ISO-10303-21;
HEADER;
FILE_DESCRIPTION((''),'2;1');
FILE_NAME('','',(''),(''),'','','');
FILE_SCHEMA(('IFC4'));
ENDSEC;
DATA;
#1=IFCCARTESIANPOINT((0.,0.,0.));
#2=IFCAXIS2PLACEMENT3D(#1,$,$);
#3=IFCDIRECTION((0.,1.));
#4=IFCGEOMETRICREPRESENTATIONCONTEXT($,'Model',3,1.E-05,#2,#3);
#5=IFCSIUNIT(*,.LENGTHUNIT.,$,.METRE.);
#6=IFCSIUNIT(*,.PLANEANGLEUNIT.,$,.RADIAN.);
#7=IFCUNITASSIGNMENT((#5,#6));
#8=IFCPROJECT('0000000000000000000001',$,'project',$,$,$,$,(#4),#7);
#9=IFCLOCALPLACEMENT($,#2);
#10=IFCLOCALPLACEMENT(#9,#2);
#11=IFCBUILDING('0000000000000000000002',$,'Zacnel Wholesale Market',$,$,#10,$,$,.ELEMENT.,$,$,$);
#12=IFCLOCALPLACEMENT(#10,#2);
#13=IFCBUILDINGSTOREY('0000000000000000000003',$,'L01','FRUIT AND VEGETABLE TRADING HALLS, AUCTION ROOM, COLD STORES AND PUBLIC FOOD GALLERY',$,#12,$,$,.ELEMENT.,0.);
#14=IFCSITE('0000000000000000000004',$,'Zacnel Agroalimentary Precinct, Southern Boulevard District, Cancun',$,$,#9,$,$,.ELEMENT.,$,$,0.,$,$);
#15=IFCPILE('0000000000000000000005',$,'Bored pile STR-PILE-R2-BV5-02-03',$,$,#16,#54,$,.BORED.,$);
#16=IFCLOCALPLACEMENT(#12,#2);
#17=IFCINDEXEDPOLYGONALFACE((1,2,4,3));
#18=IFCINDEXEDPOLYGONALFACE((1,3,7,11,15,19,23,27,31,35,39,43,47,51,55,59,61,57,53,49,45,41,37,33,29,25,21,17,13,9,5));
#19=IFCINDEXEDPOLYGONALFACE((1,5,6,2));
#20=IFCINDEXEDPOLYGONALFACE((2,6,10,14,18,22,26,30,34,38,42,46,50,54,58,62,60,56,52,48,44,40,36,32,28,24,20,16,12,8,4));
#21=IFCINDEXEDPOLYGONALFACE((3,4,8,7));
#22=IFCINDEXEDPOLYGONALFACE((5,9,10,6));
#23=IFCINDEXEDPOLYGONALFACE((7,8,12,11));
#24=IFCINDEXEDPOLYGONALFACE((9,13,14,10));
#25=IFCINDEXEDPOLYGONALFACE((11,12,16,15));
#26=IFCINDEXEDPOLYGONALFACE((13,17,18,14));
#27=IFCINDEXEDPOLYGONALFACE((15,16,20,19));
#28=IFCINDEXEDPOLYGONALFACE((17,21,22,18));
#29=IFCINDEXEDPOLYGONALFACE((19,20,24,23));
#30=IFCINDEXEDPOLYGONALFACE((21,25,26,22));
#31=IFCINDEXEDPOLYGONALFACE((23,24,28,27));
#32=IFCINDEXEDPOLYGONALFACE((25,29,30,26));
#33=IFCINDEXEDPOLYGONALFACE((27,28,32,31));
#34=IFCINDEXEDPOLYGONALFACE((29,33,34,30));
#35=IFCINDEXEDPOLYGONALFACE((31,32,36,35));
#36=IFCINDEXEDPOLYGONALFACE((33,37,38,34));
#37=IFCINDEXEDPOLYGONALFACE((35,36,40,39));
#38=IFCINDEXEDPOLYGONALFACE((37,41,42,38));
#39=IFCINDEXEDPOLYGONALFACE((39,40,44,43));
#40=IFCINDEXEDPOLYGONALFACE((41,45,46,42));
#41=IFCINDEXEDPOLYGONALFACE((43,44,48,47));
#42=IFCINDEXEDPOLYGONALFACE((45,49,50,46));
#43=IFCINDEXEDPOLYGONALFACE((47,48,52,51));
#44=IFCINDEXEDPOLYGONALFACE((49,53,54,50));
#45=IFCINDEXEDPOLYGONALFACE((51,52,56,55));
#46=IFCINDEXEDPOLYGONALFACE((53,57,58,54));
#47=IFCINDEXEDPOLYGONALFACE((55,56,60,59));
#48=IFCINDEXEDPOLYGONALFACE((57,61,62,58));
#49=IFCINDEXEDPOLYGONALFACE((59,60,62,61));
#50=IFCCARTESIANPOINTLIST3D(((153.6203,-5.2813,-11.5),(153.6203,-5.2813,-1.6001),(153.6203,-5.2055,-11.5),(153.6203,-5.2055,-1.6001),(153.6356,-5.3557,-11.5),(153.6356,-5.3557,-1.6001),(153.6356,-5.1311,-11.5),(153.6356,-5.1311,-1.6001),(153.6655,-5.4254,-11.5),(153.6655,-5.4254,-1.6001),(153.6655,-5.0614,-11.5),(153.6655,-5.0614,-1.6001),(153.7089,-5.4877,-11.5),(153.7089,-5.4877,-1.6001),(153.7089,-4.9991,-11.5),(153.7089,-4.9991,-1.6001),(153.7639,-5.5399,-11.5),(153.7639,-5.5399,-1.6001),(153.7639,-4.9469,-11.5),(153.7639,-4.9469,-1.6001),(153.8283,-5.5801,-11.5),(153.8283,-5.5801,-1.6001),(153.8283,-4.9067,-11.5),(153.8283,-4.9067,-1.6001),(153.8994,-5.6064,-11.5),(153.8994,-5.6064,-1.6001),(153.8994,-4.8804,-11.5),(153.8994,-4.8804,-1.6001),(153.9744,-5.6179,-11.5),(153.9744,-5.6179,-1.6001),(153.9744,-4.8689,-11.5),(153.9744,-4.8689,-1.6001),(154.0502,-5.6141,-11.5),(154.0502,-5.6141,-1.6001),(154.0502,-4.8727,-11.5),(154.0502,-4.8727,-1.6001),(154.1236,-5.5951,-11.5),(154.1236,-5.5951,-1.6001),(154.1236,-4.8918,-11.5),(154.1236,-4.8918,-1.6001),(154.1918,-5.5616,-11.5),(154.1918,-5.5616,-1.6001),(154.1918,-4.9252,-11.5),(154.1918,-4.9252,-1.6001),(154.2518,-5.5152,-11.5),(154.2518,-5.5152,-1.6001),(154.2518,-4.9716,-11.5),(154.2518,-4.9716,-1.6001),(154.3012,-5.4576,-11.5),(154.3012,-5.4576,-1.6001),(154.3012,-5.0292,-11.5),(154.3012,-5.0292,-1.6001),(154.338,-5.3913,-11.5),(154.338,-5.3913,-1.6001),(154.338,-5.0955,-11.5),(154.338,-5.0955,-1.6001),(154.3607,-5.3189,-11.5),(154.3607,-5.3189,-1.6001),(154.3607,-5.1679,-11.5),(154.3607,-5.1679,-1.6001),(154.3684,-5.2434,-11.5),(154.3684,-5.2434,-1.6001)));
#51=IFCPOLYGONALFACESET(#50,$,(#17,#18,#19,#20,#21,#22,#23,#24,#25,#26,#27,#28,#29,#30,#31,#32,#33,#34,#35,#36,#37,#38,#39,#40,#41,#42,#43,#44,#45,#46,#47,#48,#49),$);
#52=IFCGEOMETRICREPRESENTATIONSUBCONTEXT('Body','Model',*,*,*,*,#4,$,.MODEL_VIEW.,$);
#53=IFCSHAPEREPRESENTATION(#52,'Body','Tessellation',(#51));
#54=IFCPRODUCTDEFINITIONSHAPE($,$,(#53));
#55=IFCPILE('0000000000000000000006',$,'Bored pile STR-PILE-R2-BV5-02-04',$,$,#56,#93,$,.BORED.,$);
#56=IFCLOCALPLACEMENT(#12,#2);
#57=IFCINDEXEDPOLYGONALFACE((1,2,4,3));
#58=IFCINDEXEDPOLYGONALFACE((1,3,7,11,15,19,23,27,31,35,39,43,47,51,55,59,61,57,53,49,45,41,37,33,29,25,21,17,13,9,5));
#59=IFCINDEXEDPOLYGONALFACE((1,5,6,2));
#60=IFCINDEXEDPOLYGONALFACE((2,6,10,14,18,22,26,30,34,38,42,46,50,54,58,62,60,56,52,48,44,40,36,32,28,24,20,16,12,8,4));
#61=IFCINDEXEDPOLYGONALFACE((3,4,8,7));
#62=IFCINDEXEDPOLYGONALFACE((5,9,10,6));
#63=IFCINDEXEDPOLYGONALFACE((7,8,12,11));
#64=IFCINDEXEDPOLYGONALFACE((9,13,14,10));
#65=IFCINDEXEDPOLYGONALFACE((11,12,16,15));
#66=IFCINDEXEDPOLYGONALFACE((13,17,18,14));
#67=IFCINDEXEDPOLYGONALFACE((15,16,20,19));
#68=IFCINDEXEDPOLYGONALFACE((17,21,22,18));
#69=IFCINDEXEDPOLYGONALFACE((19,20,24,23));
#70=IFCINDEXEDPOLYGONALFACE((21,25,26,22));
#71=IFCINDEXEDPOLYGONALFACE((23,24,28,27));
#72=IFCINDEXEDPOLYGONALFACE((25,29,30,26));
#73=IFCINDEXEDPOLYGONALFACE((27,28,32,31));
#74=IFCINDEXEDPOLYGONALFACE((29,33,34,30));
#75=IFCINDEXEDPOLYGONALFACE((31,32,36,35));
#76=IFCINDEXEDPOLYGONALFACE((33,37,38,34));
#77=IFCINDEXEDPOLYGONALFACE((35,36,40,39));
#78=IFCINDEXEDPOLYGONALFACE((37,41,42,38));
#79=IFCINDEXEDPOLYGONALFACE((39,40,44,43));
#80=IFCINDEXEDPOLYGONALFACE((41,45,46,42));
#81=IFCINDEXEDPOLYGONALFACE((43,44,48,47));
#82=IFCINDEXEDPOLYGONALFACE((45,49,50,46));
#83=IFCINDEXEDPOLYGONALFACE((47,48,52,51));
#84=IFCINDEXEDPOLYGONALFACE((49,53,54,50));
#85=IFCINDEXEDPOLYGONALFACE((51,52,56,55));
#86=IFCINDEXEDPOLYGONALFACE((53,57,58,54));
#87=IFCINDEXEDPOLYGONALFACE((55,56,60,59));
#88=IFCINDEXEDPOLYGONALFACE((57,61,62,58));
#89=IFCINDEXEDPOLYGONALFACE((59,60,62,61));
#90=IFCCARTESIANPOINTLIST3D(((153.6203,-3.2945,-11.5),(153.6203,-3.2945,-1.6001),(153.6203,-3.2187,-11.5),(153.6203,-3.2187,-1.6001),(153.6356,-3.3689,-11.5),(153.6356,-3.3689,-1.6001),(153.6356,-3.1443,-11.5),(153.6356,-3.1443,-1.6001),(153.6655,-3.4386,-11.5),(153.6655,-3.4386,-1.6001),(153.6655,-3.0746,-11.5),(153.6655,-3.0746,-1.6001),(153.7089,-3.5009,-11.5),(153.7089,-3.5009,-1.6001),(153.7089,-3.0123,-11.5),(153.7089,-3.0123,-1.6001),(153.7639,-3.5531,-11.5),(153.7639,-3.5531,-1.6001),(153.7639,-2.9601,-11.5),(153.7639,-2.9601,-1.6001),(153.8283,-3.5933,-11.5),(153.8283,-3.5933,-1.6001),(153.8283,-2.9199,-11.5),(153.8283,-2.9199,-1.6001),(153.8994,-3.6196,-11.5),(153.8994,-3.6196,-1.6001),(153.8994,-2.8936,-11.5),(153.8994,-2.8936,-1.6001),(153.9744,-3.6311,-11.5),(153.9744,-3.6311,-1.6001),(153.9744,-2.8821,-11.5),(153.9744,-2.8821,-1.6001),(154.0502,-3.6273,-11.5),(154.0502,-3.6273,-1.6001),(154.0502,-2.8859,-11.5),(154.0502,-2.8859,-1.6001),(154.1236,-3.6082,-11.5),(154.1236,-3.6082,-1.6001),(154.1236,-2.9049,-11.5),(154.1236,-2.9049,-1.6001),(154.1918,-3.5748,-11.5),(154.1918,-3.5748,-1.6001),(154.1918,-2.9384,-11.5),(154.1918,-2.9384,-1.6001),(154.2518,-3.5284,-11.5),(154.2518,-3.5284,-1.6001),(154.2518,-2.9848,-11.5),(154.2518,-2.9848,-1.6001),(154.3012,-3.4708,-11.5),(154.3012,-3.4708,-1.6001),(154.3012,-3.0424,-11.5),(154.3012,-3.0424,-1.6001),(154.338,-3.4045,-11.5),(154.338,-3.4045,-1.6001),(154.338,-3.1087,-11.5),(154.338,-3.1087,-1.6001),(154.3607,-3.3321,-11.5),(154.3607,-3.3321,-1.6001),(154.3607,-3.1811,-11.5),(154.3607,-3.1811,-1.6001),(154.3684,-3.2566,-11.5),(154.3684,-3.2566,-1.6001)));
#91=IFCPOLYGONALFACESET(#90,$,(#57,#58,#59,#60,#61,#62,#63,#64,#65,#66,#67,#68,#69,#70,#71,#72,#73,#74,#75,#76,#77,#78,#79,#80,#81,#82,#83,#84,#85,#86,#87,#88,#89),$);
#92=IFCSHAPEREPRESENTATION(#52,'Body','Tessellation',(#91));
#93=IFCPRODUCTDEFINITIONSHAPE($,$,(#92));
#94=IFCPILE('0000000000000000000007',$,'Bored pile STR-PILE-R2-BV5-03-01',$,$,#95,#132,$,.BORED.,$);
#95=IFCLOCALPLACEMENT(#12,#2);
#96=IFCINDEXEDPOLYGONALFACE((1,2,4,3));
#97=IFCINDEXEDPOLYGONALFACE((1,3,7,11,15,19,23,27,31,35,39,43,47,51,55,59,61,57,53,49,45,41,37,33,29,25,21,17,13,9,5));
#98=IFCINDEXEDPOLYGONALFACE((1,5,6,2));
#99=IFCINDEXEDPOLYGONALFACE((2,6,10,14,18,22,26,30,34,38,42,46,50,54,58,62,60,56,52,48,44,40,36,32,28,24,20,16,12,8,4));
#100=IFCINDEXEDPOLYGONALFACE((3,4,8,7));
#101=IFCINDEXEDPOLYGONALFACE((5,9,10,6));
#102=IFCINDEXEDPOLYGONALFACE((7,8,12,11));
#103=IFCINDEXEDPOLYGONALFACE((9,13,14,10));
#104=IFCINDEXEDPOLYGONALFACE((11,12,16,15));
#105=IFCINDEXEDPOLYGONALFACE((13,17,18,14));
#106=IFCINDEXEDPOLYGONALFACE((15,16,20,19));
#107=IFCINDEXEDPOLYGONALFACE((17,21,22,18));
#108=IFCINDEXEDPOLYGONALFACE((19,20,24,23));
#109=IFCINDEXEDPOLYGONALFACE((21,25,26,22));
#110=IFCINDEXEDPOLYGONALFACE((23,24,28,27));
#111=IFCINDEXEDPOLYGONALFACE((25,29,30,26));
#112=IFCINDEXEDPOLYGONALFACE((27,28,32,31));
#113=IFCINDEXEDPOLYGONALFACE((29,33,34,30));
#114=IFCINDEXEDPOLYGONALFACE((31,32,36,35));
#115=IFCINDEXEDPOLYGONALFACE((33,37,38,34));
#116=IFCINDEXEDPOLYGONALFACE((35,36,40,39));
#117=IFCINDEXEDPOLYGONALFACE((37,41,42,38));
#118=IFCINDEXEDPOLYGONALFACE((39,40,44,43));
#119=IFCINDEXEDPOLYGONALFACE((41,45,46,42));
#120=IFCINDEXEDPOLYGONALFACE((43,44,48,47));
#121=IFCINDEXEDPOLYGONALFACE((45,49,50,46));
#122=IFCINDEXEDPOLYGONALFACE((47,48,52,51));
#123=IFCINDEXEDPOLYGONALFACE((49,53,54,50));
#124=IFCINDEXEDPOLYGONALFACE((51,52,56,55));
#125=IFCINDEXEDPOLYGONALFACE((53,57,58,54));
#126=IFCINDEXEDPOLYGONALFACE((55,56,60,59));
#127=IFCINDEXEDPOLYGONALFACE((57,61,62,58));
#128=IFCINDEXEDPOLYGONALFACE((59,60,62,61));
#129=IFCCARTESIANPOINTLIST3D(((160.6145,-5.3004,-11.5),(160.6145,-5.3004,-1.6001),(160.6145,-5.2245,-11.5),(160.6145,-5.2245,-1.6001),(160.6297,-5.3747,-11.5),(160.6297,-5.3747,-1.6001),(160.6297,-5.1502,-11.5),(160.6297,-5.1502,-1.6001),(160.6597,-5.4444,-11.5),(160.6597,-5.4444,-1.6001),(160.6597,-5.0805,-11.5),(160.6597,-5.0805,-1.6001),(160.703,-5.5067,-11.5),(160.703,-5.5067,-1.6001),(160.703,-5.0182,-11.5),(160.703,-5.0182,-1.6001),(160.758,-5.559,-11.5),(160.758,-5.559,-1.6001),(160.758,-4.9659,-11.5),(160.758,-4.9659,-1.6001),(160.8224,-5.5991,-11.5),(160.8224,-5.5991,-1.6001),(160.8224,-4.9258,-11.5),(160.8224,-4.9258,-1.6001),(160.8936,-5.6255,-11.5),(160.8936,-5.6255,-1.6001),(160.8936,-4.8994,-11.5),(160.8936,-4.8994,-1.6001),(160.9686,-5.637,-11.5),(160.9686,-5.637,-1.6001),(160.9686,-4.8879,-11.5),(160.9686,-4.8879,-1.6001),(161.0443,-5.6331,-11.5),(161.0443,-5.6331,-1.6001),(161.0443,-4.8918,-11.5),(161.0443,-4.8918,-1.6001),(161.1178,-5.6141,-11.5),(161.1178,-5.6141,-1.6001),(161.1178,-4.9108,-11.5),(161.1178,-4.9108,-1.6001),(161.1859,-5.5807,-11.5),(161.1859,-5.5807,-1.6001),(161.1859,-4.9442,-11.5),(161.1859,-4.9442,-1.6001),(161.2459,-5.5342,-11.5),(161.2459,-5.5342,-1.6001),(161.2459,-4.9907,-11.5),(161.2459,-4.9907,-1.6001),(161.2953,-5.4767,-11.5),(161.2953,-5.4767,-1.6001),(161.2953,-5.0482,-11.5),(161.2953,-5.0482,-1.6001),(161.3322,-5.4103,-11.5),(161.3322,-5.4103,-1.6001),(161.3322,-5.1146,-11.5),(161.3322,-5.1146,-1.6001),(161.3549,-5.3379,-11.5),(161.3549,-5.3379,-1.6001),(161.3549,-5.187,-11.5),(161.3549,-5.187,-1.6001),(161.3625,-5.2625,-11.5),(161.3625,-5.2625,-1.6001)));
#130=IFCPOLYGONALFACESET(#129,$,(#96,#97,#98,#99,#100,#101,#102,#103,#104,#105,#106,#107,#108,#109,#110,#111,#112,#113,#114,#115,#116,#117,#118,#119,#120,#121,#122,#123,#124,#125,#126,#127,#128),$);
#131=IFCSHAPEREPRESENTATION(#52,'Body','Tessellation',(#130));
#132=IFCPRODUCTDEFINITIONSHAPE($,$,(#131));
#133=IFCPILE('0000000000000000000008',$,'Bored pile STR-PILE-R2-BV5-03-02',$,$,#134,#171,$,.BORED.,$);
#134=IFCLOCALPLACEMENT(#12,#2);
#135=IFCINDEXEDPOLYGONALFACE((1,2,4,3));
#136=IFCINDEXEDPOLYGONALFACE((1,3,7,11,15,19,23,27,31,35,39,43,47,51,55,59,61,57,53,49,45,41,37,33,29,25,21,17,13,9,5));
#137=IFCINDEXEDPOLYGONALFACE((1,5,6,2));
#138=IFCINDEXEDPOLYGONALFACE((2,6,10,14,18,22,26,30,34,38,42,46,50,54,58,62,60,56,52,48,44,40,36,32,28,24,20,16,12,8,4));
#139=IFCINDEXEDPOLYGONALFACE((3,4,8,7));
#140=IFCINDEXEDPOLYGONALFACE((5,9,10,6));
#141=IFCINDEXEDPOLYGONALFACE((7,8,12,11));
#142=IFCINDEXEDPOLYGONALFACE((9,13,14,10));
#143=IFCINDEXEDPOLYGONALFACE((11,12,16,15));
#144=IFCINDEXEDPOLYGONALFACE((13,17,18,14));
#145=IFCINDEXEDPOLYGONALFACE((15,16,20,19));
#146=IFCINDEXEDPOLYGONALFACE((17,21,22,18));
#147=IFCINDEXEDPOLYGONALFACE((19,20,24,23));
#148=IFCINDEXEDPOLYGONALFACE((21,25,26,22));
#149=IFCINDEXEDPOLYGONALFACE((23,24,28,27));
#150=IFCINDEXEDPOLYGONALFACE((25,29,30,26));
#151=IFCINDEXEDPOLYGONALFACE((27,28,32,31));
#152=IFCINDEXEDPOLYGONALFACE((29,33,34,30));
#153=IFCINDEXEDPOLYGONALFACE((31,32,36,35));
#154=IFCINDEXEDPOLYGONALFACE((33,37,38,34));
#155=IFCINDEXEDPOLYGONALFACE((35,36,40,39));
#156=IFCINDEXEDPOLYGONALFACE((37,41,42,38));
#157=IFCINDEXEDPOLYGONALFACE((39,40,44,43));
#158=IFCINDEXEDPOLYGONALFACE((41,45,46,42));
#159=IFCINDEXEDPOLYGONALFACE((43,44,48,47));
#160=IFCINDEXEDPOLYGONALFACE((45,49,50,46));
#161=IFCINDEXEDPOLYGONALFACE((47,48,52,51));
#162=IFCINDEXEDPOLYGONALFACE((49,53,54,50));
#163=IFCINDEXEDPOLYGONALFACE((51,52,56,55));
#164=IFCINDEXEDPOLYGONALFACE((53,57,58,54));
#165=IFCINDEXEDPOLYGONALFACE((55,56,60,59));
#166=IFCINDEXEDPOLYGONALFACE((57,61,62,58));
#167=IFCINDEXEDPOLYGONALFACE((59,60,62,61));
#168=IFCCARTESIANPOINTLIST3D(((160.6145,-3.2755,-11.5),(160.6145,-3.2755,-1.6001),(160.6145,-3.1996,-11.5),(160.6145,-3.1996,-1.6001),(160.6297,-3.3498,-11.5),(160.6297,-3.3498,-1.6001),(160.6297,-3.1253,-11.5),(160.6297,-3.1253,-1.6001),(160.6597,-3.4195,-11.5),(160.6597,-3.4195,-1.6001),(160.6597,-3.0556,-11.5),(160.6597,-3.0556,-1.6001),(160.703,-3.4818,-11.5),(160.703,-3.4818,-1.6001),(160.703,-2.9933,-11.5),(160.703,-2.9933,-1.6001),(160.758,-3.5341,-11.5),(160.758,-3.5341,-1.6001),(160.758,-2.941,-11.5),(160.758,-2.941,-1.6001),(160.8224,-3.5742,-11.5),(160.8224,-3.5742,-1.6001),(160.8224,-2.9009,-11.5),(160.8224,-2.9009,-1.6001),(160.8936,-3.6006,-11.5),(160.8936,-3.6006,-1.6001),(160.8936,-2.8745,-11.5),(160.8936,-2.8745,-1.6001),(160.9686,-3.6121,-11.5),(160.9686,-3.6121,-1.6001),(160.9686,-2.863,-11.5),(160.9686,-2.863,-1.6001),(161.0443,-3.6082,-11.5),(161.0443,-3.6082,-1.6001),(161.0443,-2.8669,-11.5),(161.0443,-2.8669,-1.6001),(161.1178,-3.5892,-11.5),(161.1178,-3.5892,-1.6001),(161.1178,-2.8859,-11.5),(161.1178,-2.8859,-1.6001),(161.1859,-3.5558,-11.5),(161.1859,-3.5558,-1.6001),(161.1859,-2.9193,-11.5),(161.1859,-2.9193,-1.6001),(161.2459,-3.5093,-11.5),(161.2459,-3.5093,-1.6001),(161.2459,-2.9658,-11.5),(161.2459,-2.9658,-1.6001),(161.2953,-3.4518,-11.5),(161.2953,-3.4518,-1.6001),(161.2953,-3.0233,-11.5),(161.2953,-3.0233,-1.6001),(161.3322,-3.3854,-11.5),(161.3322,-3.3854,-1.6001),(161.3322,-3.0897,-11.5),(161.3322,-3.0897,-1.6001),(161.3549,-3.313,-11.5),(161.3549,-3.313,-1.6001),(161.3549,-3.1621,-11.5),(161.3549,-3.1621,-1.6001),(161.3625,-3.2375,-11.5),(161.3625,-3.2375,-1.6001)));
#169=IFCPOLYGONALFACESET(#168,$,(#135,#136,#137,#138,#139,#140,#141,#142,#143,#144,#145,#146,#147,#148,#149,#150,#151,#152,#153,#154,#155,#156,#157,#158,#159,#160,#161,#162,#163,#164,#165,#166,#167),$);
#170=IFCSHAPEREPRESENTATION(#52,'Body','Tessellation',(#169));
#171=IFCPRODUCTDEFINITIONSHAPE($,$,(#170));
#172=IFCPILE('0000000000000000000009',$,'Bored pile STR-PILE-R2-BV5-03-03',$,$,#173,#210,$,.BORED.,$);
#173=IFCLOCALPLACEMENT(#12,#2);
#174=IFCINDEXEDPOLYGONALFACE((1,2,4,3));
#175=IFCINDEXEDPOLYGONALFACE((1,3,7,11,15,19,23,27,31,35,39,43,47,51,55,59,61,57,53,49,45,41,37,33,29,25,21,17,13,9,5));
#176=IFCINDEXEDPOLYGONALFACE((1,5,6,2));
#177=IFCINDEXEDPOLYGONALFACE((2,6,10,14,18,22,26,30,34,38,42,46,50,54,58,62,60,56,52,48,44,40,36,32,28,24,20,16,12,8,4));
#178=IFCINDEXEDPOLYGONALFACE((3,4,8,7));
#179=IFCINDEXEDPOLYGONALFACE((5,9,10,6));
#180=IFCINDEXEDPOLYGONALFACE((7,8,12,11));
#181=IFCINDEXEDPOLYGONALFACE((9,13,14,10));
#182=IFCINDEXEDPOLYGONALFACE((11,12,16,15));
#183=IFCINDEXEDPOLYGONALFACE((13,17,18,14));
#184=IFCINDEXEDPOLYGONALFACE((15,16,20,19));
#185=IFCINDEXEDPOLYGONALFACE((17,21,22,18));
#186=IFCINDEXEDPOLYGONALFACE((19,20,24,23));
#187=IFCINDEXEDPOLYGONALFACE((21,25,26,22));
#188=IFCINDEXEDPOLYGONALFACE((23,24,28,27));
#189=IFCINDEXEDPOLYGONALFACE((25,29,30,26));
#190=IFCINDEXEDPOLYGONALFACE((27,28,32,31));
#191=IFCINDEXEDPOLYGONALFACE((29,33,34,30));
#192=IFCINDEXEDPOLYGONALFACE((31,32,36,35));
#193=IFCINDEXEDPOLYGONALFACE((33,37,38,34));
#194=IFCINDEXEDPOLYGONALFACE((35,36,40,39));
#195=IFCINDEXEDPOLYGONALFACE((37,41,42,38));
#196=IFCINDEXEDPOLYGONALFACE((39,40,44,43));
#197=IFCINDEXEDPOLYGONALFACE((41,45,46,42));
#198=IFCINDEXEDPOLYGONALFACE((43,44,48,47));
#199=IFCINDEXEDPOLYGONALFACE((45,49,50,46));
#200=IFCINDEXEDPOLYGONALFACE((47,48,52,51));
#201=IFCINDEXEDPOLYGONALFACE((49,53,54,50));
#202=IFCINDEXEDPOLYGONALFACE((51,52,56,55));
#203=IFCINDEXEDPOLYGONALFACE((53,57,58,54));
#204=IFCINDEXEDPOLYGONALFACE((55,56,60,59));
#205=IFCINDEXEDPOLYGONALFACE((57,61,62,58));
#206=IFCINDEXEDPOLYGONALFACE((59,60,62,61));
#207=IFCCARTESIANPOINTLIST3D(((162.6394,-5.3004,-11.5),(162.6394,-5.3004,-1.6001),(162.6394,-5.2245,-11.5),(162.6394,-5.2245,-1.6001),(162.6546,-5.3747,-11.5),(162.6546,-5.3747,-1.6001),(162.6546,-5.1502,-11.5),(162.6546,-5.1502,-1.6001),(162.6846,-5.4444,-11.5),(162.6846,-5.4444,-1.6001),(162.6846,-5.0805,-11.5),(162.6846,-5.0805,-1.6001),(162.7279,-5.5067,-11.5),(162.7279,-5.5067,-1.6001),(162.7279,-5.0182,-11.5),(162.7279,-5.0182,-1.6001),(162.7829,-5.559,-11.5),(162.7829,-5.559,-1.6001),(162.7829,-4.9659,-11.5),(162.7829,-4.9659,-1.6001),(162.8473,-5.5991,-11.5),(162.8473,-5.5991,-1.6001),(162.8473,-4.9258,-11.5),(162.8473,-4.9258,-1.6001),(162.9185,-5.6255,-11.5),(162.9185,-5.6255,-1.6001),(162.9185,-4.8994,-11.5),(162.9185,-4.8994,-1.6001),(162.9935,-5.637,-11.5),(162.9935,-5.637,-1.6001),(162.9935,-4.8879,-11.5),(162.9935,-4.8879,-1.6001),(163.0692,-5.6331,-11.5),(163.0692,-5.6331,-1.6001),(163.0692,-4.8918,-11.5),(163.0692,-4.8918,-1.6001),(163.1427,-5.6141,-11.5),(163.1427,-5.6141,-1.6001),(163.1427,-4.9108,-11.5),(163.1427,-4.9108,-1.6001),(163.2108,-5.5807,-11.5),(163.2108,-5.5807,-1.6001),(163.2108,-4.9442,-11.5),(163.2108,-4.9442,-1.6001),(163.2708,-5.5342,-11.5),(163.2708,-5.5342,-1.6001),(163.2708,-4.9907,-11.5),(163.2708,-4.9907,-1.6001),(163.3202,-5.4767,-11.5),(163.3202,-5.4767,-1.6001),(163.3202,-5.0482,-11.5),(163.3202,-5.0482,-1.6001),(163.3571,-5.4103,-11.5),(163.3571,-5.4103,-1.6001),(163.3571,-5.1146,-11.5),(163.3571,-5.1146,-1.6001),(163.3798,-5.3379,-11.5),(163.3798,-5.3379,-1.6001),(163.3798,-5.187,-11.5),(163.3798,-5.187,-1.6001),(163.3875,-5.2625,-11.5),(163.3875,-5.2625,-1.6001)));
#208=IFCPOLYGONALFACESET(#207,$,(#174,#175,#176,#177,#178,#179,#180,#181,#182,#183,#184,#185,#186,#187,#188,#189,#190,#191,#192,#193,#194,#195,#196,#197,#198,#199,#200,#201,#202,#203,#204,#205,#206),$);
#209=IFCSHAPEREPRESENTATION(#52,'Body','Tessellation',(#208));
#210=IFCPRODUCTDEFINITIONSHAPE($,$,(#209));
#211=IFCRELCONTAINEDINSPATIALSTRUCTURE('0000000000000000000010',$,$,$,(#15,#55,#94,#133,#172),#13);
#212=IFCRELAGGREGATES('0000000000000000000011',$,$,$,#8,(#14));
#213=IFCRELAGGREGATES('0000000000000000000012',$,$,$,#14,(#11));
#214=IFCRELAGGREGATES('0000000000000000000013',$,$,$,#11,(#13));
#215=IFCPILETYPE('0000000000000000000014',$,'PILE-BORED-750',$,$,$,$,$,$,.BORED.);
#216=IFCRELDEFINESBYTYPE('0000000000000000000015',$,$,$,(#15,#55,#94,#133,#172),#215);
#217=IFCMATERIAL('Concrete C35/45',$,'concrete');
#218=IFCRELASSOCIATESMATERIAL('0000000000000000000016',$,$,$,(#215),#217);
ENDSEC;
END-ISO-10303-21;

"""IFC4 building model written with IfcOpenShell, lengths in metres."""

from ifc_helpers import new_model, si_unit, direction, frame, origin, origin_2d, place, context, subcontext, project, spatial, circle, extrude, material, material_profile, profile_set, type_object, element, save


model = new_model("IFC4")

# Units and contexts
model_context = context("Model", 3, precision=1e-05, world=origin(), true_north=direction((0.0, 1.0)))
body_context = subcontext(model_context, "Body", "Model", "MODEL_VIEW")
ifc_project = project(units=[si_unit("LENGTHUNIT", "METRE"), si_unit("PLANEANGLEUNIT", "RADIAN")], contexts=[model_context])

# Site, building, storey
site_placement = place(None, origin())
site = spatial("IfcSite", under=ifc_project, at=site_placement, Name="Zacnel Agroalimentary Precinct, Southern Boulevard District, Cancun", CompositionType="ELEMENT", RefElevation=0.0)
building_placement = place(site_placement, origin())
building = spatial("IfcBuilding", under=site, at=building_placement, Name="Zacnel Wholesale Market", CompositionType="ELEMENT")
storey_placement = place(building_placement, origin())
storey = spatial("IfcBuildingStorey", under=building, at=storey_placement, Name="L01", Description="FRUIT AND VEGETABLE TRADING HALLS, AUCTION ROOM, COLD STORES AND PUBLIC FOOD GALLERY", CompositionType="ELEMENT", Elevation=0.0)

# Piles
ifc_material_1 = material(Name="Concrete C35/45", Category="concrete")
ifc_material_profile_1 = material_profile(ifc_material_1, circle(Radius=0.375, at=origin_2d()), Name="BORED PILE D750")
ifc_profile_set_1 = profile_set([ifc_material_profile_1], Name="Concrete C35/45")
pile_type_1 = type_object("IfcPileType", Name="PILE-BORED-750", PredefinedType="BORED", material=ifc_profile_set_1)
for number, where, z_axis, x_axis, name in (
    (1, (153.9934, -5.2434, -1.6001), (0.0, 0.0, -1.0), (1.0, 0.0, 0.0), "Bored pile STR-PILE-R2-BV5-02-03"),
    (2, (153.9934, -3.2566, -1.6001), (0.0, 0.0, -1.0), (1.0, 0.0, 0.0), "Bored pile STR-PILE-R2-BV5-02-04"),
    (3, (160.9875, -5.2625, -1.6001), (0.0, 0.0, -1.0), (1.0, 0.0, 0.0), "Bored pile STR-PILE-R2-BV5-03-01"),
    (4, (160.9875, -3.2375, -1.6001), (0.0, 0.0, -1.0), (1.0, 0.0, 0.0), "Bored pile STR-PILE-R2-BV5-03-02"),
    (5, (163.0125, -5.2625, -1.6001), (0.0, 0.0, -1.0), (1.0, 0.0, 0.0), "Bored pile STR-PILE-R2-BV5-03-03"),
):
    element("IfcPile", number, at=place(storey_placement, frame(where, z_axis=z_axis, x_axis=x_axis)), inside=storey, type_object=pile_type_1, Name=name, PredefinedType="BORED", context=body_context, shape_type="SweptSolid", body=[
        extrude(circle(Radius=0.375, at=origin_2d()), origin(), (0.0, 0.0, 1.0), 9.8999),
    ])

save(model, "model.ifc")
